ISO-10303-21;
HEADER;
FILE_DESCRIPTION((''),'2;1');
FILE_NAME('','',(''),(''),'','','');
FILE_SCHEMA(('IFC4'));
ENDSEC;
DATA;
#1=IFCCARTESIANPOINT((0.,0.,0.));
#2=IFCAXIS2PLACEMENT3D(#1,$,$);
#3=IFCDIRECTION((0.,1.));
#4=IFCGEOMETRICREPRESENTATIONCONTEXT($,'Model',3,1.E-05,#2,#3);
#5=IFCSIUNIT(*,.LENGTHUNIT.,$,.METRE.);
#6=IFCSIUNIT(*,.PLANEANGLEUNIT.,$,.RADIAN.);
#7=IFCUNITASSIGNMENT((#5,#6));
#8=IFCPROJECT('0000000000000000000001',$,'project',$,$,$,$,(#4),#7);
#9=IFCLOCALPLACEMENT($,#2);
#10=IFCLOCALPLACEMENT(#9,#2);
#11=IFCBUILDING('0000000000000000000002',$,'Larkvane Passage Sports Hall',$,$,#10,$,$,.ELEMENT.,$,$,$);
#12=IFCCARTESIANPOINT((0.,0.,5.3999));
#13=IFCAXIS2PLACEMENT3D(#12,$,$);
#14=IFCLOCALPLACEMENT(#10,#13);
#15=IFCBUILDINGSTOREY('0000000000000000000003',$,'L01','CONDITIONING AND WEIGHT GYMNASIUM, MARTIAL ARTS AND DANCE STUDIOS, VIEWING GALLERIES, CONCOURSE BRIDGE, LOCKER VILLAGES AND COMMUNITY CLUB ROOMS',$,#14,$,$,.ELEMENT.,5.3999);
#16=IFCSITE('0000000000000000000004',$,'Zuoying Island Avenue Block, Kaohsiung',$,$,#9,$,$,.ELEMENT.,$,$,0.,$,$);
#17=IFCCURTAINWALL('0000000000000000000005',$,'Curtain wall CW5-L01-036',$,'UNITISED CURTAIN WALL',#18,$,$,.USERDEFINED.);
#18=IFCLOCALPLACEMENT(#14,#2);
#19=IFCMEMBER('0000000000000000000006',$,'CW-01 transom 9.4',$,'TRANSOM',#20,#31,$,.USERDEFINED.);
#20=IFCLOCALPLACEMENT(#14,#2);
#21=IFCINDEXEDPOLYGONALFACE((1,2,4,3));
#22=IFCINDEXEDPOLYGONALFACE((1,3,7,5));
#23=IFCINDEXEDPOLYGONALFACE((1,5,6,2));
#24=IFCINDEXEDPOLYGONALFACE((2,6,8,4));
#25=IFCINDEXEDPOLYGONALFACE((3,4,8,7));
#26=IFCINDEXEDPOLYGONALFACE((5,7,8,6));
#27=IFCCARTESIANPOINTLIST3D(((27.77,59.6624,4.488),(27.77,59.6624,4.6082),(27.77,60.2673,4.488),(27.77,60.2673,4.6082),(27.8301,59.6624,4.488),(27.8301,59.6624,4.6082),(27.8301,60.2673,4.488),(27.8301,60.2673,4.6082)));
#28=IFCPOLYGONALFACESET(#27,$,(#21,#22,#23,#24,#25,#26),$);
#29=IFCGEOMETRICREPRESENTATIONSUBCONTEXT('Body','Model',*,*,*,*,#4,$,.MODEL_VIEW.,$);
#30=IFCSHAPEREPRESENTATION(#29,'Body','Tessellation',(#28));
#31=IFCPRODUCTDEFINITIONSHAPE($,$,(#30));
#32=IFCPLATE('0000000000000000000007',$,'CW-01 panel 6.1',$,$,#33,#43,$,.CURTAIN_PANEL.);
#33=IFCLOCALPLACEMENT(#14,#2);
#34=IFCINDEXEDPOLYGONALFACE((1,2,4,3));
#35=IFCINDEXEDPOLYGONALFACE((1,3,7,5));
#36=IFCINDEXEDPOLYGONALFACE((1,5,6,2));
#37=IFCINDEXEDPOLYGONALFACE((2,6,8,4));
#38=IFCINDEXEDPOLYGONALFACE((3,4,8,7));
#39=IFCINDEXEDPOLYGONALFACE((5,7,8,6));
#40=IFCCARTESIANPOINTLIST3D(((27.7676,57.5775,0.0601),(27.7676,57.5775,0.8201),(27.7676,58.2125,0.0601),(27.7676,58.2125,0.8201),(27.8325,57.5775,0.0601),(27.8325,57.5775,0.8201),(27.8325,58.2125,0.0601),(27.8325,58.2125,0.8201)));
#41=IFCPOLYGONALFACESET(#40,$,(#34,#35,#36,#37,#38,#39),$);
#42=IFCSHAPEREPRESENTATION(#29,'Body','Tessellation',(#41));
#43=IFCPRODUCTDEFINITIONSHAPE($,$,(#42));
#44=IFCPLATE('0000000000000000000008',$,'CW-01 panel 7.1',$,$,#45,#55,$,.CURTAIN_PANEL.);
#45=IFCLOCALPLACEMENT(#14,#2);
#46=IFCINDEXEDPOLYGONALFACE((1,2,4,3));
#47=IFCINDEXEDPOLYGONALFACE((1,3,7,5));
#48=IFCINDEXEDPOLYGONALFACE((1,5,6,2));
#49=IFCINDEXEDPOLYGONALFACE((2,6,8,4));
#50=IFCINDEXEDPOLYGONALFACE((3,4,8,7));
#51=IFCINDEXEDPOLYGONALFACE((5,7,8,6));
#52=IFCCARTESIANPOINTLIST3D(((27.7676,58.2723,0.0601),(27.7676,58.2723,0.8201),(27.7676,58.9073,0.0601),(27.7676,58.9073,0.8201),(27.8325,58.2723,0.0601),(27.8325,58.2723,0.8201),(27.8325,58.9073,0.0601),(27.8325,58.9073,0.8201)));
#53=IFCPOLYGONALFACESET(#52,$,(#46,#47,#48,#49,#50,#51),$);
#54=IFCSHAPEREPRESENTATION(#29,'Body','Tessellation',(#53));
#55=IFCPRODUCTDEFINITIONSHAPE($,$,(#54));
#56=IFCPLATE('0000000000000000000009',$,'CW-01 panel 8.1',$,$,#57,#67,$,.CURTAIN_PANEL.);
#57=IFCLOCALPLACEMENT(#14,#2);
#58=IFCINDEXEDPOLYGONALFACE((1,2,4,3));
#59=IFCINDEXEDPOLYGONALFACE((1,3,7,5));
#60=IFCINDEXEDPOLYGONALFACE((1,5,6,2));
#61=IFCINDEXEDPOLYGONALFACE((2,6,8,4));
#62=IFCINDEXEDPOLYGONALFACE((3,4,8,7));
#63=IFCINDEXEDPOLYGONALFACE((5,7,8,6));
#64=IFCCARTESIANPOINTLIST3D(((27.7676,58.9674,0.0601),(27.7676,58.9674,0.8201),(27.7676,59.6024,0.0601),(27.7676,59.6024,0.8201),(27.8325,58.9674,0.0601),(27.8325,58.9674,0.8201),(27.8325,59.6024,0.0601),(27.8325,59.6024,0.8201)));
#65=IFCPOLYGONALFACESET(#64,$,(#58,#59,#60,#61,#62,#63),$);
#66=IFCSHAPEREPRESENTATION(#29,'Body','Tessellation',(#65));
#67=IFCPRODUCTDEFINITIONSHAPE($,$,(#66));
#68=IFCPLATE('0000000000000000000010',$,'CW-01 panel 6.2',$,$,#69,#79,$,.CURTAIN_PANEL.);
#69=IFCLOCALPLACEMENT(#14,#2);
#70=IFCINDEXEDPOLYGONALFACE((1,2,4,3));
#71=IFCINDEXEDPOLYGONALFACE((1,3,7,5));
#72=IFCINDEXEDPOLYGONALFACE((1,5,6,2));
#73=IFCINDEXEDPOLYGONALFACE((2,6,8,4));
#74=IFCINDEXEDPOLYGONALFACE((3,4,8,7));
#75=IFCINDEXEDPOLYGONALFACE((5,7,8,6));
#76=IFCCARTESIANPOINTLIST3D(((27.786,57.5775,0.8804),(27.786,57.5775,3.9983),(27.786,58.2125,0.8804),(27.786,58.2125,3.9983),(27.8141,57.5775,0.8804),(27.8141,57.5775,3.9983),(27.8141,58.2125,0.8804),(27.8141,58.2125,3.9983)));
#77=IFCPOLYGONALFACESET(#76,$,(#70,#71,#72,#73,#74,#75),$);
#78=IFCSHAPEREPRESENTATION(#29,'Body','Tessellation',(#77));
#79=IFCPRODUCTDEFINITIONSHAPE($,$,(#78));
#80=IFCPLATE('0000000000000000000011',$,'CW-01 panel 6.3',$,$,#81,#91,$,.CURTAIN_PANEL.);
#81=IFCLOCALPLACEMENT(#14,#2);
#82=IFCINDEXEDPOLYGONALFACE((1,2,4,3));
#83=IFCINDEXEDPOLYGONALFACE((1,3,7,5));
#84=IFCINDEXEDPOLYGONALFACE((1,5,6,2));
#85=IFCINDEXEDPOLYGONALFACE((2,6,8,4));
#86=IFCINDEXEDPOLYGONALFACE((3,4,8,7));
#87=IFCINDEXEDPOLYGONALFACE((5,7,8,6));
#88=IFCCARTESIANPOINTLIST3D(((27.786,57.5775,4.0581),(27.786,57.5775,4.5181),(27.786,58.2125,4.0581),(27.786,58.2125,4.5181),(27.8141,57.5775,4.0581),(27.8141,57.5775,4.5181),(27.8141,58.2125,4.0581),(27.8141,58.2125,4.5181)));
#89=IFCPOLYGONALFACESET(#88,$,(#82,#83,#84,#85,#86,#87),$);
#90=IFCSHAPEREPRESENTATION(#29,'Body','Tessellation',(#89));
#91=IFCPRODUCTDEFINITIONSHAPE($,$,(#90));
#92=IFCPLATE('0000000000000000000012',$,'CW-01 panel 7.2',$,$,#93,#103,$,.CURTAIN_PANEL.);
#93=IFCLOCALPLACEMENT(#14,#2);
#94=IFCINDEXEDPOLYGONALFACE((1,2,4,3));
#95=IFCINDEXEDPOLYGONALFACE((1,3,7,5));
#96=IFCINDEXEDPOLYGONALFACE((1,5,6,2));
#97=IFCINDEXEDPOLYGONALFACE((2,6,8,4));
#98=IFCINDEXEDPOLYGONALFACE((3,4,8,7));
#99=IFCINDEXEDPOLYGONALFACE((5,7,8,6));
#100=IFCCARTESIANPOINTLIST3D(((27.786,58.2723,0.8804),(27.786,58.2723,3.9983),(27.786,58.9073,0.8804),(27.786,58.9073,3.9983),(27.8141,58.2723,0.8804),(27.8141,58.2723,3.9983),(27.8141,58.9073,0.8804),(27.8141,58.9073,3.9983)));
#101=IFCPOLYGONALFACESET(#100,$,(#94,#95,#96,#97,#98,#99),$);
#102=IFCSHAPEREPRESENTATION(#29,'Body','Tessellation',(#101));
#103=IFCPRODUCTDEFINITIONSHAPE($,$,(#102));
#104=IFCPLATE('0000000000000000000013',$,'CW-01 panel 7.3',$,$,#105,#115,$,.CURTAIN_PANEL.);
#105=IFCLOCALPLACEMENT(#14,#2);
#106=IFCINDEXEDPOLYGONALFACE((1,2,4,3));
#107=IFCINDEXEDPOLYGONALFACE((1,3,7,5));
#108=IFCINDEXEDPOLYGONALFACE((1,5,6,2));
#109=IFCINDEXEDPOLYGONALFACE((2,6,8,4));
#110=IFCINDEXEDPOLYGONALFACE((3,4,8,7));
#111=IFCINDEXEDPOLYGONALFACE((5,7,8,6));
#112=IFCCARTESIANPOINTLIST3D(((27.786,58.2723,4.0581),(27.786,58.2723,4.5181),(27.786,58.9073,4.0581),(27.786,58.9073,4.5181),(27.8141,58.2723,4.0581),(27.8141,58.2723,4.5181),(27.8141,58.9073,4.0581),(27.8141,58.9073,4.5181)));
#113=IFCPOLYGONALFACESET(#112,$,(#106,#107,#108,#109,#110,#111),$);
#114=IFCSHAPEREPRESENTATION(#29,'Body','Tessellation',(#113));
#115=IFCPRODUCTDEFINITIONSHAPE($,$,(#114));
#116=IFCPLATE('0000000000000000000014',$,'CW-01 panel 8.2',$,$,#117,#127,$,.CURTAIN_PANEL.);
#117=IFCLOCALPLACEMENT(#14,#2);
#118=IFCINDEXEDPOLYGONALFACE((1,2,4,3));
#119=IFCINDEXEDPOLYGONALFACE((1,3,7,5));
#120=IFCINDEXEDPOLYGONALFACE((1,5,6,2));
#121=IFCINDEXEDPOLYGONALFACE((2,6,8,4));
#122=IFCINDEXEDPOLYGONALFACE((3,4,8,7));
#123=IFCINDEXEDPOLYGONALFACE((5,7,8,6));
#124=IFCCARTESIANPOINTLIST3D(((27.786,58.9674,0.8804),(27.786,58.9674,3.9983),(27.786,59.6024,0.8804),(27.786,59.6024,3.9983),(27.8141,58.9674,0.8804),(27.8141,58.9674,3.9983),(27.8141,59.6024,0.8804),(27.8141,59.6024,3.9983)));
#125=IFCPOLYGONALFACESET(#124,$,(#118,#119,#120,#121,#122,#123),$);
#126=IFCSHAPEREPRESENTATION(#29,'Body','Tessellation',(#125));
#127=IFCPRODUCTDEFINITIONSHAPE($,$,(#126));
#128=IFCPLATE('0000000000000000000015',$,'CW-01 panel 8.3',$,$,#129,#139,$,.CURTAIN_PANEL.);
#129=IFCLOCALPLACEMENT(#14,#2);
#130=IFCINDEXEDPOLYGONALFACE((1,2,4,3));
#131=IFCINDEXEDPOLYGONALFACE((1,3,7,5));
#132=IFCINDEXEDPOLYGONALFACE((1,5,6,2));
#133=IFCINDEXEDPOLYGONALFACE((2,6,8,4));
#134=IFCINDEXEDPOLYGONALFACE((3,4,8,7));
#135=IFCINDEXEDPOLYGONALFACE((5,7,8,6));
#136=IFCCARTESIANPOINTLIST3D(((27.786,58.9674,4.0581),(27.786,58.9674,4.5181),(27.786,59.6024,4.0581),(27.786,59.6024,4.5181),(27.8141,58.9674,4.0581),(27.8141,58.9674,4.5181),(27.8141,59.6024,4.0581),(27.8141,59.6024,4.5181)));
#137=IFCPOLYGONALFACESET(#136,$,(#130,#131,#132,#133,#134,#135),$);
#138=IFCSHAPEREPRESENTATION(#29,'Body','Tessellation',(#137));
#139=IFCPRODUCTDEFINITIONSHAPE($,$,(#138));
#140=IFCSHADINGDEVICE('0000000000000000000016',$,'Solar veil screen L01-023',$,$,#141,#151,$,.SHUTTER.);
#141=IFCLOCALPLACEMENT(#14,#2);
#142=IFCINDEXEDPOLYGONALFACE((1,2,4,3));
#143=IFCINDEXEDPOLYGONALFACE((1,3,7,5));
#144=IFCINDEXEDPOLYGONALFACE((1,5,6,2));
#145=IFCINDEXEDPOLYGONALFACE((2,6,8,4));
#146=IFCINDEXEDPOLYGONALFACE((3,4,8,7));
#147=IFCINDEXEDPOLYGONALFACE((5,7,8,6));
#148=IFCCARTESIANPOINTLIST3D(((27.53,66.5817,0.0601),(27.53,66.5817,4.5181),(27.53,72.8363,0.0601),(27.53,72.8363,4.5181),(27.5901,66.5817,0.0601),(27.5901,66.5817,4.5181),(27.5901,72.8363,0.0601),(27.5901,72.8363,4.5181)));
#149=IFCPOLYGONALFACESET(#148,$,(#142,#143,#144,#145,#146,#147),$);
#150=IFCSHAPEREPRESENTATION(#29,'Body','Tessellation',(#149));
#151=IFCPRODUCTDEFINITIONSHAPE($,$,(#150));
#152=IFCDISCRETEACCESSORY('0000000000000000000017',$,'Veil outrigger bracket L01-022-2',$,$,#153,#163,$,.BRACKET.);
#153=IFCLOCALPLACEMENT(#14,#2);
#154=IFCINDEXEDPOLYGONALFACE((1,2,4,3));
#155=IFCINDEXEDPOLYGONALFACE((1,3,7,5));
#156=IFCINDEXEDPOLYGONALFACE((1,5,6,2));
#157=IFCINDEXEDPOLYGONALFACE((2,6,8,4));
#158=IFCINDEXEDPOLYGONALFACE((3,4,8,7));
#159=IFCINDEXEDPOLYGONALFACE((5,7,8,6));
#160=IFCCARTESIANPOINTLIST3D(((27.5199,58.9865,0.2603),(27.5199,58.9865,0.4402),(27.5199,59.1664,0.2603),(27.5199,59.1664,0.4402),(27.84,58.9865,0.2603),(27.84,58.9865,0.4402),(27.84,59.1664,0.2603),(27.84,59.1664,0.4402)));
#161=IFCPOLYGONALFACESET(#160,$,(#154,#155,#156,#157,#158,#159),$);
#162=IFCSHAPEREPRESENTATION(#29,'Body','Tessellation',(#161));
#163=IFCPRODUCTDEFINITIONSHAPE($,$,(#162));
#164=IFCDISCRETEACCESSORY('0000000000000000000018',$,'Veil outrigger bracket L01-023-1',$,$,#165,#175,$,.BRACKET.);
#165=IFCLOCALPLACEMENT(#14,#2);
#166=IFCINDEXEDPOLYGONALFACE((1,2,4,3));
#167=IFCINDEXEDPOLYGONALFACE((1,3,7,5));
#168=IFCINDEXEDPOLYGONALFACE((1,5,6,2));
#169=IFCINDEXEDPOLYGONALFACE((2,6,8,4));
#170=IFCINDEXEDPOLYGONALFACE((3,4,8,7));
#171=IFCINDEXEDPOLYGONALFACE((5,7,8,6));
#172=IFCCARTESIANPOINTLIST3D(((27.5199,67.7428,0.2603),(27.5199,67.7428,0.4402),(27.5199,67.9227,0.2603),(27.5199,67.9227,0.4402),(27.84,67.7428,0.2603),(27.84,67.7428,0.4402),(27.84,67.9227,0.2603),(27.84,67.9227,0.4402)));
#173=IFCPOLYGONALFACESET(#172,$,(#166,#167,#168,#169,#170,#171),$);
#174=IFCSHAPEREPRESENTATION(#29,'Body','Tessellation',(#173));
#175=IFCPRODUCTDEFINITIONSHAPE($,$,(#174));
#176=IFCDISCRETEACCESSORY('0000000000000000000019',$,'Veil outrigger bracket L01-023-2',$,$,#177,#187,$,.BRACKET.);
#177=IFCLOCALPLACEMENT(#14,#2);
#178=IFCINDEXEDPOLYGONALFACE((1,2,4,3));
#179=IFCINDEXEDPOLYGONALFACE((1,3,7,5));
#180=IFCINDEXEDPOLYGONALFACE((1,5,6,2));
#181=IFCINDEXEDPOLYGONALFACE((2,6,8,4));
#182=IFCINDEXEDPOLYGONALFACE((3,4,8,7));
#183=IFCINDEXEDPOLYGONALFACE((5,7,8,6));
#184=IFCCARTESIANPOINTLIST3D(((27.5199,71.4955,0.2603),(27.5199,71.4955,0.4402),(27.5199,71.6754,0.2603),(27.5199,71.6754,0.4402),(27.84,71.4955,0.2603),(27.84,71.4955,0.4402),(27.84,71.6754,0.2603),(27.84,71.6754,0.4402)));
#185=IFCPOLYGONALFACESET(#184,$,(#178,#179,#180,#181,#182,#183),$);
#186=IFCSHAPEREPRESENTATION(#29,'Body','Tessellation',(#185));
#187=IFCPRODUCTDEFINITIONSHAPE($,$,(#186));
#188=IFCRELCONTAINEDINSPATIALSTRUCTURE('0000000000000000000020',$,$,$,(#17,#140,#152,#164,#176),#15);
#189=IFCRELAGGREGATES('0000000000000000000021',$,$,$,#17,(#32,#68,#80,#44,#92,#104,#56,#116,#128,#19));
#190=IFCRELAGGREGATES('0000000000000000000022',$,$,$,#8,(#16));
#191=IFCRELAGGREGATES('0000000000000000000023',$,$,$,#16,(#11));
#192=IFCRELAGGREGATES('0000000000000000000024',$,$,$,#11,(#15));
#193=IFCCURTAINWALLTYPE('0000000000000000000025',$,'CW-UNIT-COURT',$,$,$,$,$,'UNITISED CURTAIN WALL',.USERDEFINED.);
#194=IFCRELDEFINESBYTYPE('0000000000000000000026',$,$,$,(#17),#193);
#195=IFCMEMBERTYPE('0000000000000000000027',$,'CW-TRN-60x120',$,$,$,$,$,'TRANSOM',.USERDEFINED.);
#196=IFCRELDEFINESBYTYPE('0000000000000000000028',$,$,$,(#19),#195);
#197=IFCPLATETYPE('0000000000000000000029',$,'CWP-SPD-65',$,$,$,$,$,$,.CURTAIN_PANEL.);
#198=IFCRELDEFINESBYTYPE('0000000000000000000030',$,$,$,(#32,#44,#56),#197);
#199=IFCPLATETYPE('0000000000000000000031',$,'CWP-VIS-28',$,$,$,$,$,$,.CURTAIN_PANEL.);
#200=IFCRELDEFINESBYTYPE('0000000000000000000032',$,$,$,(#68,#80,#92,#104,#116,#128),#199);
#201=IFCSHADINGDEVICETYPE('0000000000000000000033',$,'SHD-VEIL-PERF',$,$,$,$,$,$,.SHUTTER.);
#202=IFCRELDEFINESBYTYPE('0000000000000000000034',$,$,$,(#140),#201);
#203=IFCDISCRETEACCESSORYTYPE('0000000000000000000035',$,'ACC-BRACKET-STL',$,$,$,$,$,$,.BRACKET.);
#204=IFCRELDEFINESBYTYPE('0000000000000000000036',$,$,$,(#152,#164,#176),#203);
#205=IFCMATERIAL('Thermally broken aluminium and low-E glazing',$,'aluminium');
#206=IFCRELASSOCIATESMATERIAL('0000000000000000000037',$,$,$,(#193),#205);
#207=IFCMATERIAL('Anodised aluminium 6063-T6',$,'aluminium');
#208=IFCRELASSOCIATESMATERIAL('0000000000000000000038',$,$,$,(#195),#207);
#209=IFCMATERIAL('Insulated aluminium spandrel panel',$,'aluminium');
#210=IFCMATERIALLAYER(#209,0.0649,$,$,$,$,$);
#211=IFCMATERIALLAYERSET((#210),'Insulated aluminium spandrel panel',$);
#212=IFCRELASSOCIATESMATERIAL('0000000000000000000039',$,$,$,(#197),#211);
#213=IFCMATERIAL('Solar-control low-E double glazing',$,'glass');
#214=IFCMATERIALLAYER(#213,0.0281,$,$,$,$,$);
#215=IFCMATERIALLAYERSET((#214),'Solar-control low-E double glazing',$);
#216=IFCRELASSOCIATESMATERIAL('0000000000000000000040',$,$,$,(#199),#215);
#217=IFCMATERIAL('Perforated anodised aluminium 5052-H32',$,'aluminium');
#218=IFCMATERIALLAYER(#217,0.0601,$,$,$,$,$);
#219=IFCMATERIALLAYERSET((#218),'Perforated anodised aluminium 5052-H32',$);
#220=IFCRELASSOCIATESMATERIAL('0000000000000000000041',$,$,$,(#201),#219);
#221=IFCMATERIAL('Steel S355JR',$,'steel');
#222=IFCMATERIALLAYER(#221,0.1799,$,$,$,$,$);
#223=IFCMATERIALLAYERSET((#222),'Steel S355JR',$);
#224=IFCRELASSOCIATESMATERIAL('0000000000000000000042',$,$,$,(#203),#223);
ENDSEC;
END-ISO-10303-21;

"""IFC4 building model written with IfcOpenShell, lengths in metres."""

from ifc_helpers import new_model, si_unit, direction, frame, origin, origin_2d, place, context, subcontext, project, spatial, rectangle, extrude, material, layer, layer_set, material_profile, profile_set, type_object, element, aggregate, save


model = new_model("IFC4")

# Units and contexts
model_context = context("Model", 3, precision=1e-05, world=origin(), true_north=direction((0.0, 1.0)))
body_context = subcontext(model_context, "Body", "Model", "MODEL_VIEW")
ifc_project = project(units=[si_unit("LENGTHUNIT", "METRE"), si_unit("PLANEANGLEUNIT", "RADIAN")], contexts=[model_context])

# Site, building, storey
site_placement = place(None, origin())
site = spatial("IfcSite", under=ifc_project, at=site_placement, Name="Zuoying Island Avenue Block, Kaohsiung", CompositionType="ELEMENT", RefElevation=0.0)
building_placement = place(site_placement, origin())
building = spatial("IfcBuilding", under=site, at=building_placement, Name="Larkvane Passage Sports Hall", CompositionType="ELEMENT")
storey_placement = place(building_placement, frame((0.0, 0.0, 5.3999)))
storey = spatial("IfcBuildingStorey", under=building, at=storey_placement, Name="L01", Description="CONDITIONING AND WEIGHT GYMNASIUM, MARTIAL ARTS AND DANCE STUDIOS, VIEWING GALLERIES, CONCOURSE BRIDGE, LOCKER VILLAGES AND COMMUNITY CLUB ROOMS", CompositionType="ELEMENT", Elevation=5.3999)

# Curtain wall, member, plates
ifc_material_1 = material(Name="Thermally broken aluminium and low-E glazing", Category="aluminium")
curtain_wall_type = type_object("IfcCurtainWallType", Name="CW-UNIT-COURT", ElementType="UNITISED CURTAIN WALL", PredefinedType="USERDEFINED", material=ifc_material_1)
curtain_wall_placement = place(storey_placement, origin())
curtain_wall = element("IfcCurtainWall", 1, at=curtain_wall_placement, inside=storey, type_object=curtain_wall_type, Name="Curtain wall CW5-L01-036", ObjectType="UNITISED CURTAIN WALL", PredefinedType="USERDEFINED")
ifc_material_2 = material(Name="Anodised aluminium 6063-T6", Category="aluminium")
ifc_material_profile_1 = material_profile(ifc_material_2, rectangle(XDim=0.0601, YDim=0.1201, at=origin_2d()), Name="ALU-TRN-60x120")
ifc_profile_set_1 = profile_set([ifc_material_profile_1], Name="Anodised aluminium 6063-T6")
member_type_1 = type_object("IfcMemberType", Name="CW-TRN-60x120", ElementType="TRANSOM", PredefinedType="USERDEFINED", material=ifc_profile_set_1)
member_1_placement = place(storey_placement, frame((27.8, 59.6624, 4.5481), z_axis=(0.0, 1.0, 0.0), x_axis=(-1.0, 0.0, 0.0)))
member_1 = element("IfcMember", 2, at=member_1_placement, type_object=member_type_1, Name="CW-01 transom 9.4", ObjectType="TRANSOM", PredefinedType="USERDEFINED", context=body_context, shape_type="SweptSolid", body=[
    extrude(rectangle(XDim=0.0601, YDim=0.1201, at=origin_2d()), origin(), (0.0, 0.0, 1.0), 0.605),
])
ifc_material_3 = material(Name="Insulated aluminium spandrel panel", Category="aluminium")
ifc_layer_1 = layer(ifc_material_3, 0.0649)
ifc_layer_set_1 = layer_set([ifc_layer_1], Name="Insulated aluminium spandrel panel")
plate_type_1 = type_object("IfcPlateType", Name="CWP-SPD-65", PredefinedType="CURTAIN_PANEL", material=ifc_layer_set_1)
plate_1_placement = place(storey_placement, frame((27.8, 57.895, 0.0601), z_axis=(0.0, 0.0, 1.0), x_axis=(0.0, 1.0, 0.0)))
plate_1 = element("IfcPlate", 3, at=plate_1_placement, type_object=plate_type_1, Name="CW-01 panel 6.1", PredefinedType="CURTAIN_PANEL", context=body_context, shape_type="SweptSolid", body=[
    extrude(rectangle(XDim=0.635, YDim=0.0649, at=origin_2d()), origin(), (0.0, 0.0, 1.0), 0.76),
])
plate_2_placement = place(storey_placement, frame((27.8, 58.5898, 0.0601), z_axis=(0.0, 0.0, 1.0), x_axis=(0.0, 1.0, 0.0)))
plate_2 = element("IfcPlate", 4, at=plate_2_placement, type_object=plate_type_1, Name="CW-01 panel 7.1", PredefinedType="CURTAIN_PANEL", context=body_context, shape_type="SweptSolid", body=[
    extrude(rectangle(XDim=0.635, YDim=0.0649, at=origin_2d()), origin(), (0.0, 0.0, 1.0), 0.76),
])
plate_3_placement = place(storey_placement, frame((27.8, 59.2849, 0.0601), z_axis=(0.0, 0.0, 1.0), x_axis=(0.0, 1.0, 0.0)))
plate_3 = element("IfcPlate", 5, at=plate_3_placement, type_object=plate_type_1, Name="CW-01 panel 8.1", PredefinedType="CURTAIN_PANEL", context=body_context, shape_type="SweptSolid", body=[
    extrude(rectangle(XDim=0.635, YDim=0.0649, at=origin_2d()), origin(), (0.0, 0.0, 1.0), 0.76),
])
ifc_material_4 = material(Name="Solar-control low-E double glazing", Category="glass")
ifc_layer_2 = layer(ifc_material_4, 0.0281)
ifc_layer_set_2 = layer_set([ifc_layer_2], Name="Solar-control low-E double glazing")
plate_type_2 = type_object("IfcPlateType", Name="CWP-VIS-28", PredefinedType="CURTAIN_PANEL", material=ifc_layer_set_2)
plate_4_placement = place(storey_placement, frame((27.8, 57.895, 0.8804), z_axis=(0.0, 0.0, 1.0), x_axis=(0.0, 1.0, 0.0)))
plate_4 = element("IfcPlate", 6, at=plate_4_placement, type_object=plate_type_2, Name="CW-01 panel 6.2", PredefinedType="CURTAIN_PANEL", context=body_context, shape_type="SweptSolid", body=[
    extrude(rectangle(XDim=0.635, YDim=0.0281, at=origin_2d()), origin(), (0.0, 0.0, 1.0), 3.1179),
])
plate_5_placement = place(storey_placement, frame((27.8, 57.895, 4.0581), z_axis=(0.0, 0.0, 1.0), x_axis=(0.0, 1.0, 0.0)))
plate_5 = element("IfcPlate", 7, at=plate_5_placement, type_object=plate_type_2, Name="CW-01 panel 6.3", PredefinedType="CURTAIN_PANEL", context=body_context, shape_type="SweptSolid", body=[
    extrude(rectangle(XDim=0.635, YDim=0.0281, at=origin_2d()), origin(), (0.0, 0.0, 1.0), 0.46),
])
plate_6_placement = place(storey_placement, frame((27.8, 58.5898, 0.8804), z_axis=(0.0, 0.0, 1.0), x_axis=(0.0, 1.0, 0.0)))
plate_6 = element("IfcPlate", 8, at=plate_6_placement, type_object=plate_type_2, Name="CW-01 panel 7.2", PredefinedType="CURTAIN_PANEL", context=body_context, shape_type="SweptSolid", body=[
    extrude(rectangle(XDim=0.635, YDim=0.0281, at=origin_2d()), origin(), (0.0, 0.0, 1.0), 3.1179),
])
plate_7_placement = place(storey_placement, frame((27.8, 58.5898, 4.0581), z_axis=(0.0, 0.0, 1.0), x_axis=(0.0, 1.0, 0.0)))
plate_7 = element("IfcPlate", 9, at=plate_7_placement, type_object=plate_type_2, Name="CW-01 panel 7.3", PredefinedType="CURTAIN_PANEL", context=body_context, shape_type="SweptSolid", body=[
    extrude(rectangle(XDim=0.635, YDim=0.0281, at=origin_2d()), origin(), (0.0, 0.0, 1.0), 0.46),
])
plate_8_placement = place(storey_placement, frame((27.8, 59.2849, 0.8804), z_axis=(0.0, 0.0, 1.0), x_axis=(0.0, 1.0, 0.0)))
plate_8 = element("IfcPlate", 10, at=plate_8_placement, type_object=plate_type_2, Name="CW-01 panel 8.2", PredefinedType="CURTAIN_PANEL", context=body_context, shape_type="SweptSolid", body=[
    extrude(rectangle(XDim=0.635, YDim=0.0281, at=origin_2d()), origin(), (0.0, 0.0, 1.0), 3.1179),
])
plate_9_placement = place(storey_placement, frame((27.8, 59.2849, 4.0581), z_axis=(0.0, 0.0, 1.0), x_axis=(0.0, 1.0, 0.0)))
plate_9 = element("IfcPlate", 11, at=plate_9_placement, type_object=plate_type_2, Name="CW-01 panel 8.3", PredefinedType="CURTAIN_PANEL", context=body_context, shape_type="SweptSolid", body=[
    extrude(rectangle(XDim=0.635, YDim=0.0281, at=origin_2d()), origin(), (0.0, 0.0, 1.0), 0.46),
])
aggregate(curtain_wall, [plate_1, plate_4, plate_5, plate_2, plate_6, plate_7, plate_3, plate_8, plate_9, member_1])

# Shading device
ifc_material_5 = material(Name="Perforated anodised aluminium 5052-H32", Category="aluminium")
ifc_layer_3 = layer(ifc_material_5, 0.0601)
ifc_layer_set_3 = layer_set([ifc_layer_3], Name="Perforated anodised aluminium 5052-H32")
shading_device_type = type_object("IfcShadingDeviceType", Name="SHD-VEIL-PERF", PredefinedType="SHUTTER", material=ifc_layer_set_3)
shading_device_placement = place(storey_placement, frame((27.5601, 69.709, 0.0601), z_axis=(0.0, 0.0, 1.0), x_axis=(0.0, 1.0, 0.0)))
element("IfcShadingDevice", 12, at=shading_device_placement, inside=storey, type_object=shading_device_type, Name="Solar veil screen L01-023", PredefinedType="SHUTTER", context=body_context, shape_type="SweptSolid", body=[
    extrude(rectangle(XDim=6.2546, YDim=0.0601, at=origin_2d()), origin(), (0.0, 0.0, 1.0), 4.458),
])

# Discrete accessories
ifc_material_6 = material(Name="Steel S355JR", Category="steel")
ifc_layer_4 = layer(ifc_material_6, 0.1799)
ifc_layer_set_4 = layer_set([ifc_layer_4], Name="Steel S355JR")
discrete_accessory_type = type_object("IfcDiscreteAccessoryType", Name="ACC-BRACKET-STL", PredefinedType="BRACKET", material=ifc_layer_set_4)
for number, where, z_axis, x_axis, name in (
    (13, (27.6799, 59.0764, 0.2603), (0.0, 0.0, 1.0), (0.0, 1.0, 0.0), "Veil outrigger bracket L01-022-2"),
    (14, (27.6799, 67.8328, 0.2603), (0.0, 0.0, 1.0), (0.0, 1.0, 0.0), "Veil outrigger bracket L01-023-1"),
    (15, (27.6799, 71.5854, 0.2603), (0.0, 0.0, 1.0), (0.0, 1.0, 0.0), "Veil outrigger bracket L01-023-2"),
):
    element("IfcDiscreteAccessory", number, at=place(storey_placement, frame(where, z_axis=z_axis, x_axis=x_axis)), inside=storey, type_object=discrete_accessory_type, Name=name, PredefinedType="BRACKET", context=body_context, shape_type="SweptSolid", body=[
        extrude(rectangle(XDim=0.1799, YDim=0.3201, at=origin_2d()), origin(), (0.0, 0.0, 1.0), 0.1799),
    ])

save(model, "model.ifc")
